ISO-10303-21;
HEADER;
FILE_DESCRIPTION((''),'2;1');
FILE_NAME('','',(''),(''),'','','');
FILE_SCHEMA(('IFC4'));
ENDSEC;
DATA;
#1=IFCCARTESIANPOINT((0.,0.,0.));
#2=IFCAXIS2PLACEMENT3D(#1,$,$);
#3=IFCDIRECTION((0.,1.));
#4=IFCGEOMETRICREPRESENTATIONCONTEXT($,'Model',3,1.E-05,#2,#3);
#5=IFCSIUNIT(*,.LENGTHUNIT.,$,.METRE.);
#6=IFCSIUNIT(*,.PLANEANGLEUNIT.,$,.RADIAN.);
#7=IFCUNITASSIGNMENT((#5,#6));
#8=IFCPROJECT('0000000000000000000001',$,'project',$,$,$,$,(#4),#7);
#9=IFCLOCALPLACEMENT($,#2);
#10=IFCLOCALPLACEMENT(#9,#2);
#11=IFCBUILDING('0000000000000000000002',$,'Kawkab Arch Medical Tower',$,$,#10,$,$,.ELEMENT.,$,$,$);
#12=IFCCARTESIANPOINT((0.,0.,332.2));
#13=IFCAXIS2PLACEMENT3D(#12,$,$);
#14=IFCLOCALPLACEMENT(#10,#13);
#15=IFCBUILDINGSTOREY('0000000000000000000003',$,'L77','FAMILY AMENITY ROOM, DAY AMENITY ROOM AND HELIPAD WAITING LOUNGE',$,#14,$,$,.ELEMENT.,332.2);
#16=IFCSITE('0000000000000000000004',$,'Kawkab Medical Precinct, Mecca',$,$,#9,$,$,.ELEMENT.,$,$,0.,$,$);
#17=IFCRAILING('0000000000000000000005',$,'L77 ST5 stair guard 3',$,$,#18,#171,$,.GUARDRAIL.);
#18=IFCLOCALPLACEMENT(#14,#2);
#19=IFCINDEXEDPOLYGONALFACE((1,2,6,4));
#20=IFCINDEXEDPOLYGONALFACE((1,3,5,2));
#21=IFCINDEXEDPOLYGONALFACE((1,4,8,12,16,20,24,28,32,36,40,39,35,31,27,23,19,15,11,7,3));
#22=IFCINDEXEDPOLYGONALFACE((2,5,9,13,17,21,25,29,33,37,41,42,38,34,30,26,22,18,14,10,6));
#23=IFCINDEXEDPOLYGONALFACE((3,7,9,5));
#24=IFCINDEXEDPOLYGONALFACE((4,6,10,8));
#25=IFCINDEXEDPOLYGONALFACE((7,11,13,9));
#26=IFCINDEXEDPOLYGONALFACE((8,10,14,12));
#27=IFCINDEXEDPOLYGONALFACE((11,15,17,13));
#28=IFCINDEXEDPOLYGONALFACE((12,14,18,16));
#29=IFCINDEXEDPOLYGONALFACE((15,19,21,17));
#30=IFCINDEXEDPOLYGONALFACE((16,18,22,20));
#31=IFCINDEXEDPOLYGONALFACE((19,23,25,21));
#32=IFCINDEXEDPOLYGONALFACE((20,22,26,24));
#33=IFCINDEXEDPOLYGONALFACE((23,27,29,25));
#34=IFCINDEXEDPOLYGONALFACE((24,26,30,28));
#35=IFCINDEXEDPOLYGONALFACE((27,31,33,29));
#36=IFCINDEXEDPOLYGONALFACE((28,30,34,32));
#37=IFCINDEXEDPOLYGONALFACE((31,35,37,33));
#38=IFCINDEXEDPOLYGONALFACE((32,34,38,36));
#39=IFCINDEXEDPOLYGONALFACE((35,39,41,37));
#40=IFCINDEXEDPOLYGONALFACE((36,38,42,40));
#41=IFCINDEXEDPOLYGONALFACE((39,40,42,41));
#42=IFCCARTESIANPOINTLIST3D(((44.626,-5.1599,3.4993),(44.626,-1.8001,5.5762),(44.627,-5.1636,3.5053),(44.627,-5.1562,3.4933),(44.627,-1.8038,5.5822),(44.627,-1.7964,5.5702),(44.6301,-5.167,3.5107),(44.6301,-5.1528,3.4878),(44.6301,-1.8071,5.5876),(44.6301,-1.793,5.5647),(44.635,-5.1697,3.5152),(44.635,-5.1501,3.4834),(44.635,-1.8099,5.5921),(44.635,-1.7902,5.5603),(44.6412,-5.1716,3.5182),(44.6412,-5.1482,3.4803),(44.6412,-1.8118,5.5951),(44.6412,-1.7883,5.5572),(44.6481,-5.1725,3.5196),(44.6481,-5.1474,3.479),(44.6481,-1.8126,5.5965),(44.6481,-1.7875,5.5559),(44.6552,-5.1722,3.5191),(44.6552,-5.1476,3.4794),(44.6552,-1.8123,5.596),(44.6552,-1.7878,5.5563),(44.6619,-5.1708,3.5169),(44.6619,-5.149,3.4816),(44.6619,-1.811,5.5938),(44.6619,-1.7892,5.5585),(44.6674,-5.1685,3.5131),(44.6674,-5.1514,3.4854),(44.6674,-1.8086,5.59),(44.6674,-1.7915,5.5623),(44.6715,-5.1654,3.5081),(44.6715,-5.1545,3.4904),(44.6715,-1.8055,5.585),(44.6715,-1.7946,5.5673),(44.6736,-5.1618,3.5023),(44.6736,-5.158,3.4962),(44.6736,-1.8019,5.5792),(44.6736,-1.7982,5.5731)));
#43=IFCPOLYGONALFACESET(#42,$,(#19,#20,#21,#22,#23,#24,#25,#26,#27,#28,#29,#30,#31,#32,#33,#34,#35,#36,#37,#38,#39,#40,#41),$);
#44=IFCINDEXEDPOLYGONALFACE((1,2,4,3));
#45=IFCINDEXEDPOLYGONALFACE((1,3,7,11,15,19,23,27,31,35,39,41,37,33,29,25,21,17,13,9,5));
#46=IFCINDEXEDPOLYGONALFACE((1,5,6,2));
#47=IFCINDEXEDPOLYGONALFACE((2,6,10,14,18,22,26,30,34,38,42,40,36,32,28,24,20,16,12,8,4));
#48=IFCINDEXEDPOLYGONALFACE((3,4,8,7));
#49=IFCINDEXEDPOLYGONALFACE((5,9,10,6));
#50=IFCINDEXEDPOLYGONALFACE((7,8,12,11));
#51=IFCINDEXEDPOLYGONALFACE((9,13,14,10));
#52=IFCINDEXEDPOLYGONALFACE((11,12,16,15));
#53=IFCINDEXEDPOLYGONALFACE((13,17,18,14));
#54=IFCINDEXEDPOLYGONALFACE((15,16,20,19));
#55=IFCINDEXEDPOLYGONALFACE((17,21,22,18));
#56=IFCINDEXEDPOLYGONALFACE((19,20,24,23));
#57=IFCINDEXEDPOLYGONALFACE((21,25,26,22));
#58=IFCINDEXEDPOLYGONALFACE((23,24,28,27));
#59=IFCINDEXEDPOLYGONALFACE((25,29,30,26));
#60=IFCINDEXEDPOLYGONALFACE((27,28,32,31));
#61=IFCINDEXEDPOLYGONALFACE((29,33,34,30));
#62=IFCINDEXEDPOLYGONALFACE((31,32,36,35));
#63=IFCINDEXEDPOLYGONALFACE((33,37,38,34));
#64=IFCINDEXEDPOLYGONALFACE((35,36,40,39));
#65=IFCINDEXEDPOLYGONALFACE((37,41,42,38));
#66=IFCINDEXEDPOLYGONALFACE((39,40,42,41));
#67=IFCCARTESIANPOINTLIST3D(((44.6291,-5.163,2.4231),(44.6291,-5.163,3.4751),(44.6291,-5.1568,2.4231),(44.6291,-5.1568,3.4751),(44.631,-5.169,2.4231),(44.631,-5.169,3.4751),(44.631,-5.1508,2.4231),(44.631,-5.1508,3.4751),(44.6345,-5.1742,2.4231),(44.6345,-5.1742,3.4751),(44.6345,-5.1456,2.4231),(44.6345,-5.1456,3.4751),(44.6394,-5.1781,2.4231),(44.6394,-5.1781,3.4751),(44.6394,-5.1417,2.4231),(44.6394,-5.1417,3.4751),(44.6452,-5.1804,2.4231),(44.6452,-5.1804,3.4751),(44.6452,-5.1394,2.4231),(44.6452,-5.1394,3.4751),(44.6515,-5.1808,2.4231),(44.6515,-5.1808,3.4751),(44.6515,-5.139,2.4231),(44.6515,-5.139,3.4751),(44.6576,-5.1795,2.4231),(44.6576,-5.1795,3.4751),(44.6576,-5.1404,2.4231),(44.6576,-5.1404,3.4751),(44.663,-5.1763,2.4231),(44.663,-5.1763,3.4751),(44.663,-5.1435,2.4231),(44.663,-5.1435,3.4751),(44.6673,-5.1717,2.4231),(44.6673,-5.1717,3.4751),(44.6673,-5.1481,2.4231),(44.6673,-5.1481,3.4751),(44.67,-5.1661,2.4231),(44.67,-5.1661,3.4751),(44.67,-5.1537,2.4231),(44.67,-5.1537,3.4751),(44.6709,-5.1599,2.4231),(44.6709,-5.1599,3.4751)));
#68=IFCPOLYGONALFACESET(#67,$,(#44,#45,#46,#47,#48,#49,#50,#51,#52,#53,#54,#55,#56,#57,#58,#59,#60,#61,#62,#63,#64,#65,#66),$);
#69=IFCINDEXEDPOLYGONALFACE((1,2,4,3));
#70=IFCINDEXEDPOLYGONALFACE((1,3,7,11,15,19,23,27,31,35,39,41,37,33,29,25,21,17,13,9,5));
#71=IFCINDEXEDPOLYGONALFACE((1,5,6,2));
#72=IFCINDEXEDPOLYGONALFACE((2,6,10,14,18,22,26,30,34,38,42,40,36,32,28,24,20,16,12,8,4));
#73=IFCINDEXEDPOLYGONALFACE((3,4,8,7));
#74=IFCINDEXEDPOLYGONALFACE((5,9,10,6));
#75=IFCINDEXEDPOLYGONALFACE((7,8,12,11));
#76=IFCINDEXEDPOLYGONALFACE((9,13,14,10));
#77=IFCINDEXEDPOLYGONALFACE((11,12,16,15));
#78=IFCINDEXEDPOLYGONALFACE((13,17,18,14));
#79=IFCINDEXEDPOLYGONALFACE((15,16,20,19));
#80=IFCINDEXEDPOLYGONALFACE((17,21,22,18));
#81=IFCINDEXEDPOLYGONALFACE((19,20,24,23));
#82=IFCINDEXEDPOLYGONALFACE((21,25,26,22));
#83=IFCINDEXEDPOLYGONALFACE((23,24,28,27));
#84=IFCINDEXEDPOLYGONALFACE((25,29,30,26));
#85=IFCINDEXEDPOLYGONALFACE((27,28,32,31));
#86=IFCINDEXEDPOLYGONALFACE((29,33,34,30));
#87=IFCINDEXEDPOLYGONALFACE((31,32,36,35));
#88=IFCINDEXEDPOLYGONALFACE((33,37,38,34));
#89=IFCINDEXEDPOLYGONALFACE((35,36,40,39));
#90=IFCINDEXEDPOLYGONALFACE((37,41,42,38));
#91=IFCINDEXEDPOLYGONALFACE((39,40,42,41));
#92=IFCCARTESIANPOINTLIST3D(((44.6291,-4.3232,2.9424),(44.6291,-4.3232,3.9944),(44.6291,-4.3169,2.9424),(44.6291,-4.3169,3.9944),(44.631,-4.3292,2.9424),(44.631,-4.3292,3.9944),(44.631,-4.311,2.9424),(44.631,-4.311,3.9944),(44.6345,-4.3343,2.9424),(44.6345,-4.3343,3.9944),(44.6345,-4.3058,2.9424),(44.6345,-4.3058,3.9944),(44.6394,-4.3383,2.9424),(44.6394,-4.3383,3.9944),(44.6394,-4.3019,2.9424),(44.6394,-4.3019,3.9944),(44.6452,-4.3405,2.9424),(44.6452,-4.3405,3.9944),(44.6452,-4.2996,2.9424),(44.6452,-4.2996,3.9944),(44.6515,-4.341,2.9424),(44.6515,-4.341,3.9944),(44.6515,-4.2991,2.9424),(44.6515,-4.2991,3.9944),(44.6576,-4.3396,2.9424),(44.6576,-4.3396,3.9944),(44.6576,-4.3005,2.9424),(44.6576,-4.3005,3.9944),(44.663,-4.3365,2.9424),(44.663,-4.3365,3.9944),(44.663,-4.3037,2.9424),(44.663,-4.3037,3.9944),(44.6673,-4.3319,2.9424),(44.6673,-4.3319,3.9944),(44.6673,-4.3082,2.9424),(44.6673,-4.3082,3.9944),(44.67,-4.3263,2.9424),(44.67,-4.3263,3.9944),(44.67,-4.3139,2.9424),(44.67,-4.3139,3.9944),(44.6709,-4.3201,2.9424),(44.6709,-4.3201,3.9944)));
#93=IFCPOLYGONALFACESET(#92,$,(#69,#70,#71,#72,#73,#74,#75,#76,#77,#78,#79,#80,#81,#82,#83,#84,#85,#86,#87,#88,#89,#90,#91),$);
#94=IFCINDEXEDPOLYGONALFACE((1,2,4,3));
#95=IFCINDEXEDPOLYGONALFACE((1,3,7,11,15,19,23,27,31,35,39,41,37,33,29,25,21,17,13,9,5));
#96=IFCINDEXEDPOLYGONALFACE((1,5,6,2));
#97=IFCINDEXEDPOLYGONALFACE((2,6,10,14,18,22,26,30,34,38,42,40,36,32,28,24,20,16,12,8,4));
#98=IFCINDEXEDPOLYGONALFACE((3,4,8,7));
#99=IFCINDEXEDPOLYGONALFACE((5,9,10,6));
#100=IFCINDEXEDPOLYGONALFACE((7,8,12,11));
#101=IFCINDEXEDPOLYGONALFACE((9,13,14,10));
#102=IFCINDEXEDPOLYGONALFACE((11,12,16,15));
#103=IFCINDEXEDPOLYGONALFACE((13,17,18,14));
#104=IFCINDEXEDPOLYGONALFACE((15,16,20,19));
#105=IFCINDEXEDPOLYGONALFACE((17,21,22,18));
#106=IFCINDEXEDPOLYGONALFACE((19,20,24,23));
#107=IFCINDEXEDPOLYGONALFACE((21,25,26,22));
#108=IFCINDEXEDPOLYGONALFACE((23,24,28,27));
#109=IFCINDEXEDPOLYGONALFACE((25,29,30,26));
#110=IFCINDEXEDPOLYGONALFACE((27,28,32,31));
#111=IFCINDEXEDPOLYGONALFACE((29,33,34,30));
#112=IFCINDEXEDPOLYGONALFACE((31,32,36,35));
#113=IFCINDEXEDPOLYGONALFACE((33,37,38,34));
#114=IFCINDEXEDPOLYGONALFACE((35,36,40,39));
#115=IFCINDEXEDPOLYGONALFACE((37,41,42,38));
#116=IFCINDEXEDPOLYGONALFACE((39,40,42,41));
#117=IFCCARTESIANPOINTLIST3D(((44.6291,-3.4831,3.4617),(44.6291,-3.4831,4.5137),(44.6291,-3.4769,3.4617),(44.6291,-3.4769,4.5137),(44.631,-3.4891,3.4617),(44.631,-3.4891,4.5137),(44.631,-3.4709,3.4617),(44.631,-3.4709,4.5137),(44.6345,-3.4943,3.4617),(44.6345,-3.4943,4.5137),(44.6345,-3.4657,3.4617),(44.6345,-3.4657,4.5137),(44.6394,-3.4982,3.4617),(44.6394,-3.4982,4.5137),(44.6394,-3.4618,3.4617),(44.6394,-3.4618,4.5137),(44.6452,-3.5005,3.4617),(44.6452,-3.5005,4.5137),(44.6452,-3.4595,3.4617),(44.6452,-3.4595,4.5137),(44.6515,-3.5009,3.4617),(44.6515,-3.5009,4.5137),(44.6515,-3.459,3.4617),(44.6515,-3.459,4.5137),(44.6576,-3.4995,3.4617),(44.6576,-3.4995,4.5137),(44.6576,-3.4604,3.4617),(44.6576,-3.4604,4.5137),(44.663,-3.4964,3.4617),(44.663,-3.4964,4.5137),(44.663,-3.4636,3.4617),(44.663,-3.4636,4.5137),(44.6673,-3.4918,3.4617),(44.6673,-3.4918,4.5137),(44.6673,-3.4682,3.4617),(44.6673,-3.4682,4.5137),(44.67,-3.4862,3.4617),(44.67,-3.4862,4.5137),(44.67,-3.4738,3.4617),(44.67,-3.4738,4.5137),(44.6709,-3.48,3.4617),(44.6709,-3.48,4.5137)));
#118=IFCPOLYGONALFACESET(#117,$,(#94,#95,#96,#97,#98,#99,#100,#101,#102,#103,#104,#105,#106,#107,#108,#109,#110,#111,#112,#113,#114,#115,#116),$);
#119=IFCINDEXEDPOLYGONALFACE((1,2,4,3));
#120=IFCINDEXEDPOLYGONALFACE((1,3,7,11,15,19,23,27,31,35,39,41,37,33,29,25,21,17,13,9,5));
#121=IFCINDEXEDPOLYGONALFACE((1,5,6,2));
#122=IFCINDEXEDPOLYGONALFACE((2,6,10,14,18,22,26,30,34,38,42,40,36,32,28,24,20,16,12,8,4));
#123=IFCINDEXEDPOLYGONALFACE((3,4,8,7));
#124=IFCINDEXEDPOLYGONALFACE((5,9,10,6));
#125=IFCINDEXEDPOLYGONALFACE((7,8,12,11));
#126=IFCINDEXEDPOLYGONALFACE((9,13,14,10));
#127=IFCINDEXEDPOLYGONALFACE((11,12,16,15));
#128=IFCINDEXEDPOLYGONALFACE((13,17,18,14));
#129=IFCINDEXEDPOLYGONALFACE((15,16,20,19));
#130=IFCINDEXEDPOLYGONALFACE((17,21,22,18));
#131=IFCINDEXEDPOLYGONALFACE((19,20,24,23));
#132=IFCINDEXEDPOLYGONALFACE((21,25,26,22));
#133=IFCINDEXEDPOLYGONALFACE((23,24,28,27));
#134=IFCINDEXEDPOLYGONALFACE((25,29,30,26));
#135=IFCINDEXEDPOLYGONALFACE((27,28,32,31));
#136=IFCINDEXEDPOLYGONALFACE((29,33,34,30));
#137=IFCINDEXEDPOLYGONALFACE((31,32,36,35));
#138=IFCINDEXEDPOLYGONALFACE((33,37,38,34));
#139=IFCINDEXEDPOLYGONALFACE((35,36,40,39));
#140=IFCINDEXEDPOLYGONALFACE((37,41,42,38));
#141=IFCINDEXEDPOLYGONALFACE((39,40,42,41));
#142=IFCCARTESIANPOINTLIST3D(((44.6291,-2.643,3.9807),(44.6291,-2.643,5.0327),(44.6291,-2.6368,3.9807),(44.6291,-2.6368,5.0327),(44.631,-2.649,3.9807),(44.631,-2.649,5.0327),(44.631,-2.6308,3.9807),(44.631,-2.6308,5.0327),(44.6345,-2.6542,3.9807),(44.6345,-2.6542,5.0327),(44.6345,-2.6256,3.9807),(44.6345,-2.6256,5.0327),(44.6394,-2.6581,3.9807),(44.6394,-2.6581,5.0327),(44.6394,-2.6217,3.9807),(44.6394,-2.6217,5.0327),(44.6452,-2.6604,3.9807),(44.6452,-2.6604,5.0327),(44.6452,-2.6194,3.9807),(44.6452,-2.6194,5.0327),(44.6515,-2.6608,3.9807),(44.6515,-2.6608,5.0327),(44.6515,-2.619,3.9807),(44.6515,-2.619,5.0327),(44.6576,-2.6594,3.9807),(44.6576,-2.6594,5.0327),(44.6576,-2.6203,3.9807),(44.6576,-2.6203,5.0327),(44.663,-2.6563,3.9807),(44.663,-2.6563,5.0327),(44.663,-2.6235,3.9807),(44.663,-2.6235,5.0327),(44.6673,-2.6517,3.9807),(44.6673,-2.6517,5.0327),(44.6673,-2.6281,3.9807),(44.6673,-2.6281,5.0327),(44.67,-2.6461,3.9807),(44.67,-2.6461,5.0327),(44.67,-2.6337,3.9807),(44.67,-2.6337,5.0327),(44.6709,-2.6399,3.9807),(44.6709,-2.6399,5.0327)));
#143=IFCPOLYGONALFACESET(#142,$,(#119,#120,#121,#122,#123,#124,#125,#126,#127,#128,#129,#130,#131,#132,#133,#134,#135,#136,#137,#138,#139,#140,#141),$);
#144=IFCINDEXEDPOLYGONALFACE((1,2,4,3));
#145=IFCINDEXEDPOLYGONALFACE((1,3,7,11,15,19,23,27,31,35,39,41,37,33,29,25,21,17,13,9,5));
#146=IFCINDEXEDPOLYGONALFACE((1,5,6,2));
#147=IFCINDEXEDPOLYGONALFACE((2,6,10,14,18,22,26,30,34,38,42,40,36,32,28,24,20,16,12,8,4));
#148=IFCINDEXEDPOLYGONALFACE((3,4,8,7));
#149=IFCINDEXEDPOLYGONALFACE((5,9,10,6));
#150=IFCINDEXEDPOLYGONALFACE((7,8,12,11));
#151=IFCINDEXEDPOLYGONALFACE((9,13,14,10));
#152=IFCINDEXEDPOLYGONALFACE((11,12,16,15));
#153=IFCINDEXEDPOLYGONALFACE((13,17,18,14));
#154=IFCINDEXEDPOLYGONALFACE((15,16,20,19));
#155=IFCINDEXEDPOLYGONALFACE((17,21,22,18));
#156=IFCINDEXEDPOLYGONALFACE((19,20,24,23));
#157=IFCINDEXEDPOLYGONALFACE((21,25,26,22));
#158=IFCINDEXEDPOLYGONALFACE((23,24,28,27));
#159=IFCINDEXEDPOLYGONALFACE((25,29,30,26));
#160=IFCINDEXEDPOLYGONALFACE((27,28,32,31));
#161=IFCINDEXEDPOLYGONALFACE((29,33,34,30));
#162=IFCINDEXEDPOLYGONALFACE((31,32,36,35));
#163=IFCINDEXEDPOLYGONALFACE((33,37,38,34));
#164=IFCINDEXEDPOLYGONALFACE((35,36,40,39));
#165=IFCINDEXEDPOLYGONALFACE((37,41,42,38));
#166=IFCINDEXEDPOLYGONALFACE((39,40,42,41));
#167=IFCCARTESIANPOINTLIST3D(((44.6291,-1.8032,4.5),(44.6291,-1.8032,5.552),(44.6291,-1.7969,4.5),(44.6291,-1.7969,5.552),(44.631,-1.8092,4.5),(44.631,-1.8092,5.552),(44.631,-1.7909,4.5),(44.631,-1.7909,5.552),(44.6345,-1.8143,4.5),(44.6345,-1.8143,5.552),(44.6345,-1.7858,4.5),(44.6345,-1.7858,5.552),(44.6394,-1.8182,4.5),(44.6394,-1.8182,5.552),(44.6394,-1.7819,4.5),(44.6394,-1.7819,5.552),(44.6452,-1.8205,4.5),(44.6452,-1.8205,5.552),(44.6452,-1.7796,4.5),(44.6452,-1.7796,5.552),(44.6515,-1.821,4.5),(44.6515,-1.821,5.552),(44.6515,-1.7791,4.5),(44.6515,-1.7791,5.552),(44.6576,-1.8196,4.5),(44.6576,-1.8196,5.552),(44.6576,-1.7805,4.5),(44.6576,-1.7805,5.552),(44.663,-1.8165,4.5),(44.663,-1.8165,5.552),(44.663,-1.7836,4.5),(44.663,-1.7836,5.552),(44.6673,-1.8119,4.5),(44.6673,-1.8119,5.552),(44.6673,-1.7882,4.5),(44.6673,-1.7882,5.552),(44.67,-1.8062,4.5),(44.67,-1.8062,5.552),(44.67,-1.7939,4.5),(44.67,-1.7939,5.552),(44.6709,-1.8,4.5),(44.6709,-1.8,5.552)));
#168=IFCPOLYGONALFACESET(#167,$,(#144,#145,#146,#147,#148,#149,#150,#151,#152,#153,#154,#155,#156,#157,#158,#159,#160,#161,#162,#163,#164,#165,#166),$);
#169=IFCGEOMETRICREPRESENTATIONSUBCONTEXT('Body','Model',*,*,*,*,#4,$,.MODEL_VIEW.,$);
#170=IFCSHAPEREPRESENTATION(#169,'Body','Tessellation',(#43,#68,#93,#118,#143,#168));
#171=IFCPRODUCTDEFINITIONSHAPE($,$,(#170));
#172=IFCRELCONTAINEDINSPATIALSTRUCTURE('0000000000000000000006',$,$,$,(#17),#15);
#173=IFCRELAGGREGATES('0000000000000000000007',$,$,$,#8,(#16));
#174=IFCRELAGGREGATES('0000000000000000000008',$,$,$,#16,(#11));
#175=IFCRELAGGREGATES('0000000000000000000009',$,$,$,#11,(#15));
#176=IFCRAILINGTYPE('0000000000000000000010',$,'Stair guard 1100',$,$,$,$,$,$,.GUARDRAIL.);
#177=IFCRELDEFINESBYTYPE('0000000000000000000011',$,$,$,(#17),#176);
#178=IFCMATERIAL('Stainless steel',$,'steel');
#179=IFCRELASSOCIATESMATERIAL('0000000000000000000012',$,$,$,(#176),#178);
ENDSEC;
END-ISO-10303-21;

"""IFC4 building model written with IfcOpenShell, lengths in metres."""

from ifc_helpers import new_model, si_unit, direction, frame, origin, origin_2d, place, context, subcontext, project, spatial, circle, extrude, material, type_object, element, save


model = new_model("IFC4")

# Units and contexts
model_context = context("Model", 3, precision=1e-05, world=origin(), true_north=direction((0.0, 1.0)))
body_context = subcontext(model_context, "Body", "Model", "MODEL_VIEW")
ifc_project = project(units=[si_unit("LENGTHUNIT", "METRE"), si_unit("PLANEANGLEUNIT", "RADIAN")], contexts=[model_context])

# Site, building, storey
site_placement = place(None, origin())
site = spatial("IfcSite", under=ifc_project, at=site_placement, Name="Kawkab Medical Precinct, Mecca", CompositionType="ELEMENT", RefElevation=0.0)
building_placement = place(site_placement, origin())
building = spatial("IfcBuilding", under=site, at=building_placement, Name="Kawkab Arch Medical Tower", CompositionType="ELEMENT")
storey_placement = place(building_placement, frame((0.0, 0.0, 332.2)))
storey = spatial("IfcBuildingStorey", under=building, at=storey_placement, Name="L77", Description="FAMILY AMENITY ROOM, DAY AMENITY ROOM AND HELIPAD WAITING LOUNGE", CompositionType="ELEMENT", Elevation=332.2)

# Railing
ifc_material_1 = material(Name="Stainless steel", Category="steel")
railing_type = type_object("IfcRailingType", Name="Stair guard 1100", PredefinedType="GUARDRAIL", material=ifc_material_1)
railing_1_placement = place(storey_placement, frame((44.6499, -5.1599, 2.4231)))
element("IfcRailing", 1, at=railing_1_placement, inside=storey, type_object=railing_type, Name="L77 ST5 stair guard 3", PredefinedType="GUARDRAIL", context=body_context, shape_type="SweptSolid", body=[
    extrude(circle(Radius=0.0239, at=origin_2d()), frame((0.0, 0.0, 1.0762), z_axis=(0.0, 0.850606, 0.525803), x_axis=(-1.0, 0.0, 0.0)), (0.0, 0.0, 1.0), 3.95),
    extrude(circle(Radius=0.021, at=origin_2d()), origin(), (0.0, 0.0, 1.0), 1.052),
    extrude(circle(Radius=0.021, at=origin_2d()), frame((0.0, 0.8398, 0.5193)), (0.0, 0.0, 1.0), 1.052),
    extrude(circle(Radius=0.021, at=origin_2d()), frame((0.0, 1.6799, 1.0386)), (0.0, 0.0, 1.0), 1.052),
    extrude(circle(Radius=0.021, at=origin_2d()), frame((0.0, 2.52, 1.5576)), (0.0, 0.0, 1.0), 1.052),
    extrude(circle(Radius=0.021, at=origin_2d()), frame((0.0, 3.3599, 2.0769)), (0.0, 0.0, 1.0), 1.052),
])

save(model, "model.ifc")
